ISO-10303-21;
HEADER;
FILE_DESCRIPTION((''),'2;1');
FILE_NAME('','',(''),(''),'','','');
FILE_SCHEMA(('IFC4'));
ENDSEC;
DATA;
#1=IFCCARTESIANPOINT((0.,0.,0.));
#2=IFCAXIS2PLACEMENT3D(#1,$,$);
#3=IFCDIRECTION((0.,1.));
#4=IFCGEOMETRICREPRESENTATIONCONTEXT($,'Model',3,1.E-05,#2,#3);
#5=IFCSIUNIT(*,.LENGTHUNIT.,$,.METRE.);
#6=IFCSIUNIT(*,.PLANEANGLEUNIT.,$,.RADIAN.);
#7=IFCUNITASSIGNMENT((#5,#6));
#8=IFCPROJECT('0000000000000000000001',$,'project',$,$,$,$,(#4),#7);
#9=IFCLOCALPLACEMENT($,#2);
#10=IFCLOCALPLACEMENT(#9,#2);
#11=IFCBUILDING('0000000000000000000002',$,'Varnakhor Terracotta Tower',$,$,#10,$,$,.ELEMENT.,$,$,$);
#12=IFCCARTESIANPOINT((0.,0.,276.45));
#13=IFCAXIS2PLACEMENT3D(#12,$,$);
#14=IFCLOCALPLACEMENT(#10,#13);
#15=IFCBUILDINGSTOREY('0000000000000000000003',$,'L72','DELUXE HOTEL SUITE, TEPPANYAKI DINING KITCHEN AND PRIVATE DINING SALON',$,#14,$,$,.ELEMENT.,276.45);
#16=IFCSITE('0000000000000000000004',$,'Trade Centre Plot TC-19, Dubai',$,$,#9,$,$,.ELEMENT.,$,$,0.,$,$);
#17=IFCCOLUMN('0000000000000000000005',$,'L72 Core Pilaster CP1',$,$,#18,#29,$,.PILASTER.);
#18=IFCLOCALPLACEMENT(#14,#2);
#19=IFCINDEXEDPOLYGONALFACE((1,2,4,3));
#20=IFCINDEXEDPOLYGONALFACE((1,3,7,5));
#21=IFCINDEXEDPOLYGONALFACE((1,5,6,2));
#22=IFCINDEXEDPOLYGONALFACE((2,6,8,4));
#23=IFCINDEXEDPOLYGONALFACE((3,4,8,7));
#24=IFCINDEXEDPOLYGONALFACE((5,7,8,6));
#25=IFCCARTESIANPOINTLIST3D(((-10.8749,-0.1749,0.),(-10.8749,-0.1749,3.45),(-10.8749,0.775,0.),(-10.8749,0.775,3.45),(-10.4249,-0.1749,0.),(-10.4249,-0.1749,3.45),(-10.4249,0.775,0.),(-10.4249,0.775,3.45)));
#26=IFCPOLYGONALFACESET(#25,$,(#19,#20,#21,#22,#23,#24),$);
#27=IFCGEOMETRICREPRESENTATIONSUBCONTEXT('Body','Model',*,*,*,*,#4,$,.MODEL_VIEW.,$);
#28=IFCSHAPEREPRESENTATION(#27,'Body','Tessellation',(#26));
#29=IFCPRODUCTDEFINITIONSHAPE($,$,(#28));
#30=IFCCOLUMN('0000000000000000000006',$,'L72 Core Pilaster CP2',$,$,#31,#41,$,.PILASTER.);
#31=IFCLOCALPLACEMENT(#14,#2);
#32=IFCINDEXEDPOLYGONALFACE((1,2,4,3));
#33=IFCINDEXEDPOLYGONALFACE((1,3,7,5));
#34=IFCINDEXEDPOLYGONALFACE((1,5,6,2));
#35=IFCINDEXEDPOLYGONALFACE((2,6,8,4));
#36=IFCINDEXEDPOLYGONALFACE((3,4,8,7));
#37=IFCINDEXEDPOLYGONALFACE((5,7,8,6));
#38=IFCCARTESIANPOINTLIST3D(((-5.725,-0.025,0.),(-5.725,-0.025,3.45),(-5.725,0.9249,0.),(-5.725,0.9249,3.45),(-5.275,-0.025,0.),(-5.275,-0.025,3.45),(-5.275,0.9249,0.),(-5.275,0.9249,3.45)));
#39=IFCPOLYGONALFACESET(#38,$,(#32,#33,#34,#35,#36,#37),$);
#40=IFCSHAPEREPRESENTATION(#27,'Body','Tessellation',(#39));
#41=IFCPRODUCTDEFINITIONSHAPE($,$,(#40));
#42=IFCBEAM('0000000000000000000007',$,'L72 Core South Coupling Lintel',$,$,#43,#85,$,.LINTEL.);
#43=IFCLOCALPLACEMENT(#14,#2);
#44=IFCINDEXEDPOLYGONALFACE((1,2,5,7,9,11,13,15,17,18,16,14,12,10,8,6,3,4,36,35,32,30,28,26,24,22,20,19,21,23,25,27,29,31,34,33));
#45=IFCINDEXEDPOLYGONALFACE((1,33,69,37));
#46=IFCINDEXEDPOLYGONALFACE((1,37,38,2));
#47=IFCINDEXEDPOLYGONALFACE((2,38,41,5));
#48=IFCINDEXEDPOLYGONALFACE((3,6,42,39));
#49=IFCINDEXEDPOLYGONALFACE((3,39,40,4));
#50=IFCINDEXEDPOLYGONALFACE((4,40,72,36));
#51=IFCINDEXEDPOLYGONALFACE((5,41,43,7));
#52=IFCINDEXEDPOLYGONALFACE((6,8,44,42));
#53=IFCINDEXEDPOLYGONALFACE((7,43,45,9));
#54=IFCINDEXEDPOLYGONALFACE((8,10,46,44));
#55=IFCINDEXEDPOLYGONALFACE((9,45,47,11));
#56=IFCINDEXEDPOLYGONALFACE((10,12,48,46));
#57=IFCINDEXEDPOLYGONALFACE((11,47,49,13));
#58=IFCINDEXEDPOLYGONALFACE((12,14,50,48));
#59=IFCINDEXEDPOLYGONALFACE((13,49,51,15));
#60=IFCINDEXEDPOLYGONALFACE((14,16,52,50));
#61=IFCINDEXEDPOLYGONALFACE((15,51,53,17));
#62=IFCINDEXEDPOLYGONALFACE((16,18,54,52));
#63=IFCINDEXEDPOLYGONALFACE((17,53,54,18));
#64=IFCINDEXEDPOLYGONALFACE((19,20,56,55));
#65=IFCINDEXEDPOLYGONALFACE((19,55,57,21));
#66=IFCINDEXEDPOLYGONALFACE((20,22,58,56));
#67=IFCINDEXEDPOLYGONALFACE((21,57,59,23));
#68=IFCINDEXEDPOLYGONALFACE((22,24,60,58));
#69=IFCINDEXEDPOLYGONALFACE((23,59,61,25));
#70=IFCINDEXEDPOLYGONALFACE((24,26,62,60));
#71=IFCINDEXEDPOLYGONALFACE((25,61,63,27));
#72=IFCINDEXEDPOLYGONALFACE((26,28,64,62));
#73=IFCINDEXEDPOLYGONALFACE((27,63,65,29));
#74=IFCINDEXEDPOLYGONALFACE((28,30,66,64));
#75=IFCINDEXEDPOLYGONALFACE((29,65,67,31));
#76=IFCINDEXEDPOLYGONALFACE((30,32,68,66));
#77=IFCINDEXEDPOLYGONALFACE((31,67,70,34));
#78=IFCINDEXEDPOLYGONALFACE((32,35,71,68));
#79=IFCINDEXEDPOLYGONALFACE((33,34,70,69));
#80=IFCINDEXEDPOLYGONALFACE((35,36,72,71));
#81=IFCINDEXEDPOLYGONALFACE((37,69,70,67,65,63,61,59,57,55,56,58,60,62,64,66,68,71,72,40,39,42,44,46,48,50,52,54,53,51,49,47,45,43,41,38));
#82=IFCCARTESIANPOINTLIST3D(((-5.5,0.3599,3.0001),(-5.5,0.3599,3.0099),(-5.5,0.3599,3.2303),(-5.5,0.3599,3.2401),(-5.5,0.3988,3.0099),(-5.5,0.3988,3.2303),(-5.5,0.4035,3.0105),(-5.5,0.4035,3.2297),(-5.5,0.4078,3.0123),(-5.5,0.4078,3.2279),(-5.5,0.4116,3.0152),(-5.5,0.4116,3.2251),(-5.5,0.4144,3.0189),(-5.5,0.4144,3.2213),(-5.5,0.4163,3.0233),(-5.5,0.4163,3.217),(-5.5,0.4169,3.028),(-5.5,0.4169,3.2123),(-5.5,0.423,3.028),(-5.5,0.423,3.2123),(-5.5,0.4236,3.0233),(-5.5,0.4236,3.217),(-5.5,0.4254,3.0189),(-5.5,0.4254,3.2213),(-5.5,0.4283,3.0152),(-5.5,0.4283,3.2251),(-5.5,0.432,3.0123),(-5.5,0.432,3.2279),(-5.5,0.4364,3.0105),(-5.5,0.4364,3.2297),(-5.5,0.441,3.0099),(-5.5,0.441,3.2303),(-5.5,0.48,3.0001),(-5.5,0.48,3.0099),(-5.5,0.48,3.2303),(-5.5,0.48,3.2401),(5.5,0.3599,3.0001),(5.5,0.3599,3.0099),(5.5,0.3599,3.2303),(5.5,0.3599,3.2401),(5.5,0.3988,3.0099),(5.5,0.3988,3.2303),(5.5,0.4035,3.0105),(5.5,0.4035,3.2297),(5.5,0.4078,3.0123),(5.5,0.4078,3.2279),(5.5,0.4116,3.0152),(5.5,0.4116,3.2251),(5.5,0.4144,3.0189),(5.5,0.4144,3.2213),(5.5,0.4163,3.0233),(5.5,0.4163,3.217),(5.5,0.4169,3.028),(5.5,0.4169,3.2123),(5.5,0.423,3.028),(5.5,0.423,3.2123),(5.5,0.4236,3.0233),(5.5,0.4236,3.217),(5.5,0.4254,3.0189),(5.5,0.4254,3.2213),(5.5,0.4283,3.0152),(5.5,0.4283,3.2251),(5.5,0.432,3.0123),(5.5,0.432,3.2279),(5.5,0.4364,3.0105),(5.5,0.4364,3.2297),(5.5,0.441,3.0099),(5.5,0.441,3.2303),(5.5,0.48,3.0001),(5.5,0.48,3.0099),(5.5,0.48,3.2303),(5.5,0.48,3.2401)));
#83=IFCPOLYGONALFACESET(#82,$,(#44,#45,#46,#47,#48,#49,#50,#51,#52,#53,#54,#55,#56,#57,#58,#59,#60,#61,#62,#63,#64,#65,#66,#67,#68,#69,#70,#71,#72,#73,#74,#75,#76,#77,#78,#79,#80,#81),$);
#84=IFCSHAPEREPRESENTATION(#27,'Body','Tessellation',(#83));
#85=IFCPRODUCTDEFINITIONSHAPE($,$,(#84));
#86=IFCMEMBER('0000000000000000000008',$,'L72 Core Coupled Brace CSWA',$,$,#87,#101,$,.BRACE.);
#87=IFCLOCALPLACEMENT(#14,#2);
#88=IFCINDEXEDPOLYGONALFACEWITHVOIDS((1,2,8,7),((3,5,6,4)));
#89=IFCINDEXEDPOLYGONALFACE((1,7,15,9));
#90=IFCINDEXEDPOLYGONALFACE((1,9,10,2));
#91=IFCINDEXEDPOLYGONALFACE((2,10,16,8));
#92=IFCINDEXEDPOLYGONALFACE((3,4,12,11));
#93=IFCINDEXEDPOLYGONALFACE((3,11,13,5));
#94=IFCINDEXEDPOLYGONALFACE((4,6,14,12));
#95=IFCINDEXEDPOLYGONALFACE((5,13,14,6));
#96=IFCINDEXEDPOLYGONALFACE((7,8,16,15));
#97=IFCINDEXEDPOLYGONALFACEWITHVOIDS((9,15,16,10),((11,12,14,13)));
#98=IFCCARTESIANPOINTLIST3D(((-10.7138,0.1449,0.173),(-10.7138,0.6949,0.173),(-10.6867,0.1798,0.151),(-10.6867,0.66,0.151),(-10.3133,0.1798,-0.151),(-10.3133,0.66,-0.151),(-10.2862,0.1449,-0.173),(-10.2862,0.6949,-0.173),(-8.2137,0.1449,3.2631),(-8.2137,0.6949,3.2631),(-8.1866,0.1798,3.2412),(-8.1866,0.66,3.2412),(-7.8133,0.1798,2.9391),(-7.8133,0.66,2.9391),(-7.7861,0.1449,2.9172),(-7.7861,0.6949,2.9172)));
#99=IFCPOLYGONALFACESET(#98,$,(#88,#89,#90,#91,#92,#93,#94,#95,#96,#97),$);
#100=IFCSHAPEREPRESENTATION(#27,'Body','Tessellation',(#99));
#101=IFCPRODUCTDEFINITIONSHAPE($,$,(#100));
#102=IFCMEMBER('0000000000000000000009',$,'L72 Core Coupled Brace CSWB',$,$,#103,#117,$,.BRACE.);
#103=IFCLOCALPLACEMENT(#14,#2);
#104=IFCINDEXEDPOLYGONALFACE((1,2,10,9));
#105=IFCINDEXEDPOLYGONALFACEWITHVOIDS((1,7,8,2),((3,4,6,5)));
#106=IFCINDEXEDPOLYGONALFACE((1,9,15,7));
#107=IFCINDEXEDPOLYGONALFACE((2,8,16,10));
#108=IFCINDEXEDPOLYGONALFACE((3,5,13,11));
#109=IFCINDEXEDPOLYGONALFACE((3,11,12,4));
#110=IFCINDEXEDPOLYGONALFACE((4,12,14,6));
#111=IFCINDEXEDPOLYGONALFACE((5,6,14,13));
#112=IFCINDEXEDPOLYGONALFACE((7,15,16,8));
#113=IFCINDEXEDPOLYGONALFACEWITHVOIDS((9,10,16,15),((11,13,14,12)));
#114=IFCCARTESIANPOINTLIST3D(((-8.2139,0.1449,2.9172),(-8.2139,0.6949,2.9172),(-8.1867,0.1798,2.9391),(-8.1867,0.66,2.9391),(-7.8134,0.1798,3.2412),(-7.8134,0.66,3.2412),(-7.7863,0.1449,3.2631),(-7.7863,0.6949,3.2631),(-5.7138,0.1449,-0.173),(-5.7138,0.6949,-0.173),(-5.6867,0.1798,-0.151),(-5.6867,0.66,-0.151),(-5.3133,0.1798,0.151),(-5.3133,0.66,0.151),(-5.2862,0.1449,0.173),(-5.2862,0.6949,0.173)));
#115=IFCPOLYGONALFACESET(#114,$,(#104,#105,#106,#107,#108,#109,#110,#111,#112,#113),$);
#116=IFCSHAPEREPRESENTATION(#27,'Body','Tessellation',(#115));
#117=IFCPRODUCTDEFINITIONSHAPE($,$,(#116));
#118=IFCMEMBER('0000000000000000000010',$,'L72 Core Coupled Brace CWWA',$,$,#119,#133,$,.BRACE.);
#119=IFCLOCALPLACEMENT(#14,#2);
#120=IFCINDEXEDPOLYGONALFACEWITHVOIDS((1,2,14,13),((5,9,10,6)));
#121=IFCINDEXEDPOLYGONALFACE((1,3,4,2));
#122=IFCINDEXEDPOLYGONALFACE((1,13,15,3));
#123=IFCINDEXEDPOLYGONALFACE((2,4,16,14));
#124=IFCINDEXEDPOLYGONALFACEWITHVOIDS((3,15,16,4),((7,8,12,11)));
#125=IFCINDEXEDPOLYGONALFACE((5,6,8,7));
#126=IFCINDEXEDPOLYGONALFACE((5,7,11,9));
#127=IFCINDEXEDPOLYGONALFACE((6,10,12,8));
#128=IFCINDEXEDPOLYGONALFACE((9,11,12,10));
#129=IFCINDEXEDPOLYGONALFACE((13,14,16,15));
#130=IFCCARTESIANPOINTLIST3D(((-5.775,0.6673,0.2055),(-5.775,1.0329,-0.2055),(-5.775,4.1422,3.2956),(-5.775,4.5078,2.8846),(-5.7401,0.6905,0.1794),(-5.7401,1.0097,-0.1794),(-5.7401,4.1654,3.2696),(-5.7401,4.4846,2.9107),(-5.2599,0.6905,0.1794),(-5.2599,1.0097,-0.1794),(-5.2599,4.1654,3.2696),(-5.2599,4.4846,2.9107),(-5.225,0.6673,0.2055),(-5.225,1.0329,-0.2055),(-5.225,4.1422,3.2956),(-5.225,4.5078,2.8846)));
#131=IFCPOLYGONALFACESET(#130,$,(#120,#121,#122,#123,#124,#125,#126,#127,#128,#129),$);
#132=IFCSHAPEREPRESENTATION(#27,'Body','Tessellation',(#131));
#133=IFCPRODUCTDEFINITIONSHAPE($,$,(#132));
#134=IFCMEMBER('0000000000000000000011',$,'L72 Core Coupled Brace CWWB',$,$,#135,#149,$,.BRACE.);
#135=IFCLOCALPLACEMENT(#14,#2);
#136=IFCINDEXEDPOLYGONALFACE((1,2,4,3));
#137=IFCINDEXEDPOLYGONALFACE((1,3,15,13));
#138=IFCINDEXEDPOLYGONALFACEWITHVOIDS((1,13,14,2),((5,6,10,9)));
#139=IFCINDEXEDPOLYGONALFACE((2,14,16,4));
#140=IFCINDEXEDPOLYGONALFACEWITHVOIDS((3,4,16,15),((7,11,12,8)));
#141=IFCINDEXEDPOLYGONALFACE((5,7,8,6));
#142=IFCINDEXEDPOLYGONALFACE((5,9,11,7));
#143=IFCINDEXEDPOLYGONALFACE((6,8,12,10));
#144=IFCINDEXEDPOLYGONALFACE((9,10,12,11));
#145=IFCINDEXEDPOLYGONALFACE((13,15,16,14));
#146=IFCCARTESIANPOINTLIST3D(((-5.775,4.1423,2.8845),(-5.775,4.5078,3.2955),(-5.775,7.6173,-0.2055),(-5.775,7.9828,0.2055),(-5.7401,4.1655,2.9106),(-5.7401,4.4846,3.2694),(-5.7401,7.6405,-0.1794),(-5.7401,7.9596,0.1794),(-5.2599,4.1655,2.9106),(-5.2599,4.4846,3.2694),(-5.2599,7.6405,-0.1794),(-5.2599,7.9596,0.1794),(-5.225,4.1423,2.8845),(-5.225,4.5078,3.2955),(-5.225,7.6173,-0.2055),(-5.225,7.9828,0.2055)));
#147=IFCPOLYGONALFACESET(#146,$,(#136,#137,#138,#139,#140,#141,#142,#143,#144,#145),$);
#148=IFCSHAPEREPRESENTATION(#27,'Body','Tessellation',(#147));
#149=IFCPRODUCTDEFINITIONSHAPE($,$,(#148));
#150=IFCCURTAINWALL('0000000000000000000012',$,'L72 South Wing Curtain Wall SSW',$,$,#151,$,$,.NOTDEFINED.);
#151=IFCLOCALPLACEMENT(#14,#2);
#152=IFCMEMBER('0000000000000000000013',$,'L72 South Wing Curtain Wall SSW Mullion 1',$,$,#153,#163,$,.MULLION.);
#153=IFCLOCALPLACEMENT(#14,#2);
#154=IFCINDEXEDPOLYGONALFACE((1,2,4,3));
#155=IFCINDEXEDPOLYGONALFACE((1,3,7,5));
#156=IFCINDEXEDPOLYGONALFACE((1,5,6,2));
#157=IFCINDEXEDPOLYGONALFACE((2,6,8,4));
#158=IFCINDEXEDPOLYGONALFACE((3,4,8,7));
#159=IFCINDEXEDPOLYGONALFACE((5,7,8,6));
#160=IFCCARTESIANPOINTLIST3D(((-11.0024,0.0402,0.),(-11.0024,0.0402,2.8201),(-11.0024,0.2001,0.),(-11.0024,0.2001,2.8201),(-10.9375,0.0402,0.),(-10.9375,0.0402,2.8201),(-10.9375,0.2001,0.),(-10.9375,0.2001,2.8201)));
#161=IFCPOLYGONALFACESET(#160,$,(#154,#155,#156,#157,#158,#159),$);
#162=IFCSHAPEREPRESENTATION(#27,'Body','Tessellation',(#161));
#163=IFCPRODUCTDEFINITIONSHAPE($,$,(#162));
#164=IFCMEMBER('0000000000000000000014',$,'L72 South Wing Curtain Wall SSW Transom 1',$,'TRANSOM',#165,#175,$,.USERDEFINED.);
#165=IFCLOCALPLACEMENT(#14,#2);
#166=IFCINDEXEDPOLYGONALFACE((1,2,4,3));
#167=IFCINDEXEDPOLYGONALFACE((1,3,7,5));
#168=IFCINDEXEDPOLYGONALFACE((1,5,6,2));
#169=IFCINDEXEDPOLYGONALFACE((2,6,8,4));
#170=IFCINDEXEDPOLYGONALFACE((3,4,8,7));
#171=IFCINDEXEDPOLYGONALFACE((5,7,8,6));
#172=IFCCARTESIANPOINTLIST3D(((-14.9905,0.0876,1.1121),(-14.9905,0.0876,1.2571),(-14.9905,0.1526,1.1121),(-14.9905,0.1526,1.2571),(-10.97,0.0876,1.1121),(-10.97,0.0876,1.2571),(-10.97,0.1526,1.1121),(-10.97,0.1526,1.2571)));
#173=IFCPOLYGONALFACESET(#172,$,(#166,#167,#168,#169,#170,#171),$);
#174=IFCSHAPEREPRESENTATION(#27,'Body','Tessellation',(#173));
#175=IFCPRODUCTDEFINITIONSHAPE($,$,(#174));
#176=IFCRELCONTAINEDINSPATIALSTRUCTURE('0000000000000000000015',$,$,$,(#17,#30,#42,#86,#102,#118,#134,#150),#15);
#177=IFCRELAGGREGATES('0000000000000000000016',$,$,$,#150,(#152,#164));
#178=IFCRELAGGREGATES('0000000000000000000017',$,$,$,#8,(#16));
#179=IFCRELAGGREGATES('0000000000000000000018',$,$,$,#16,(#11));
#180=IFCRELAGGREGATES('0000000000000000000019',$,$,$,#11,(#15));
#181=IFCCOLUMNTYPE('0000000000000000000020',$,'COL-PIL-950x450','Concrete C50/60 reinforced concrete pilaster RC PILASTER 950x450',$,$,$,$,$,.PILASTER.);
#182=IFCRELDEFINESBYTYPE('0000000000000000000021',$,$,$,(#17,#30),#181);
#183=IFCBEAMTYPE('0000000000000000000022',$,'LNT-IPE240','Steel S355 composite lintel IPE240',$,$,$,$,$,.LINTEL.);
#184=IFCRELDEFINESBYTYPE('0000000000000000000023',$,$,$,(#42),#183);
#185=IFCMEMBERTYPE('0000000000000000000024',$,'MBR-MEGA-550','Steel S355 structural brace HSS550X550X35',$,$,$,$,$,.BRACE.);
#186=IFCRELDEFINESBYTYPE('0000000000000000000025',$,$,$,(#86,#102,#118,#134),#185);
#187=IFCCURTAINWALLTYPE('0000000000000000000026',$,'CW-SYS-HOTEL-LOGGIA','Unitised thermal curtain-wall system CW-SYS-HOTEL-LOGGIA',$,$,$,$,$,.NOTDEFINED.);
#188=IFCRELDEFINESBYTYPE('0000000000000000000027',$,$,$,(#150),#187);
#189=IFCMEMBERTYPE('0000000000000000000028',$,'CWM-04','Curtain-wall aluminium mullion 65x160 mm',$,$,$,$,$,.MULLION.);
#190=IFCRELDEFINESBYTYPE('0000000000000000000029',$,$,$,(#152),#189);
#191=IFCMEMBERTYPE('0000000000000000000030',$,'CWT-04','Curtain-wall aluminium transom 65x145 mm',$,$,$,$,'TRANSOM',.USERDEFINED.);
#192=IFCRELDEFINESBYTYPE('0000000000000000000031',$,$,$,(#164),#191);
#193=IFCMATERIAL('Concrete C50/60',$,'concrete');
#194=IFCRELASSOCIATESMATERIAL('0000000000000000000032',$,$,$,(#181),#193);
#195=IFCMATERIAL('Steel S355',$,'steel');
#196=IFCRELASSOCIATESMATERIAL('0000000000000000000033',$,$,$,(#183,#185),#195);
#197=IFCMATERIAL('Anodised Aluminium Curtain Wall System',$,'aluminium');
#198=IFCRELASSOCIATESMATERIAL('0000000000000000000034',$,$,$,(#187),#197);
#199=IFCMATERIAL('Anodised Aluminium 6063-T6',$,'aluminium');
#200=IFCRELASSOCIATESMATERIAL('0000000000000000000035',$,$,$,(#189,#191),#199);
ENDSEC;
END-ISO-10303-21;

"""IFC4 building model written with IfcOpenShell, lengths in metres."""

from ifc_helpers import new_model, si_unit, direction, frame, origin, origin_2d, place, context, subcontext, project, spatial, rectangle, hollow_rectangle, i_section, extrude, source, transform, mapped, material, material_profile, profile_set, type_object, type_shapes, element, aggregate, save


model = new_model("IFC4")

# Units and contexts
model_context = context("Model", 3, precision=1e-05, world=origin(), true_north=direction((0.0, 1.0)))
body_context = subcontext(model_context, "Body", "Model", "MODEL_VIEW")
ifc_project = project(units=[si_unit("LENGTHUNIT", "METRE"), si_unit("PLANEANGLEUNIT", "RADIAN")], contexts=[model_context])

# Site, building, storey
site_placement = place(None, origin())
site = spatial("IfcSite", under=ifc_project, at=site_placement, Name="Trade Centre Plot TC-19, Dubai", CompositionType="ELEMENT", RefElevation=0.0)
building_placement = place(site_placement, origin())
building = spatial("IfcBuilding", under=site, at=building_placement, Name="Varnakhor Terracotta Tower", CompositionType="ELEMENT")
storey_placement = place(building_placement, frame((0.0, 0.0, 276.45)))
storey = spatial("IfcBuildingStorey", under=building, at=storey_placement, Name="L72", Description="DELUXE HOTEL SUITE, TEPPANYAKI DINING KITCHEN AND PRIVATE DINING SALON", CompositionType="ELEMENT", Elevation=276.45)

# Columns
ifc_material_1 = material(Name="Concrete C50/60", Category="concrete")
ifc_material_profile_1 = material_profile(ifc_material_1, rectangle(XDim=0.45, YDim=0.95, at=origin_2d()), Name="RC PILASTER 950x450")
ifc_profile_set_1 = profile_set([ifc_material_profile_1], Name="Concrete C50/60")
column_type = type_object("IfcColumnType", Name="COL-PIL-950x450", Description="Concrete C50/60 reinforced concrete pilaster RC PILASTER 950x450", PredefinedType="PILASTER", material=ifc_profile_set_1)
shared_shape_1 = source(origin(), body_context, "Body", "SweptSolid", [
    extrude(rectangle(XDim=0.45, YDim=0.95, at=origin_2d()), origin(), (0.0, 0.0, 1.0), 3.45),
])
for number, where, z_axis, x_axis, name in (
    (1, (-10.6499, 0.3, 0.0), (0.0, 0.0, 1.0), (1.0, 0.0, 0.0), "L72 Core Pilaster CP1"),
    (2, (-5.5, 0.45, 0.0), (0.0, 0.0, 1.0), (1.0, 0.0, 0.0), "L72 Core Pilaster CP2"),
):
    element("IfcColumn", number, at=place(storey_placement, frame(where, z_axis=z_axis, x_axis=x_axis)), inside=storey, type_object=column_type, Name=name, PredefinedType="PILASTER", context=body_context, shape_type="MappedRepresentation", body=[
        mapped(shared_shape_1, transform((0.0, 0.0, 0.0), scale=1.0)),
    ])

# Beam
ifc_material_2 = material(Name="Steel S355", Category="steel")
ifc_material_profile_2 = material_profile(ifc_material_2, i_section(OverallWidth=0.1201, OverallDepth=0.24, WebThickness=0.0061, FlangeThickness=0.0098, FilletRadius=0.0181, at=origin_2d()), Name="IPE240")
ifc_profile_set_2 = profile_set([ifc_material_profile_2], Name="Steel S355")
beam_type = type_object("IfcBeamType", Name="LNT-IPE240", Description="Steel S355 composite lintel IPE240", PredefinedType="LINTEL", material=ifc_profile_set_2)
shared_shape_2 = source(origin(), body_context, "Body", "SweptSolid", [
    extrude(i_section(OverallWidth=0.1201, OverallDepth=0.24, WebThickness=0.0061, FlangeThickness=0.0098, FilletRadius=0.0181, at=origin_2d()), origin(), (0.0, 0.0, 1.0), 11.0),
])
type_shapes(beam_type, [shared_shape_2])
beam_placement = place(storey_placement, frame((-5.5, 0.4199, 3.1201), z_axis=(1.0, 0.0, 0.0), x_axis=(0.0, 1.0, 0.0)))
element("IfcBeam", 3, at=beam_placement, inside=storey, type_object=beam_type, Name="L72 Core South Coupling Lintel", PredefinedType="LINTEL", context=body_context, shape_type="MappedRepresentation", body=[
    mapped(shared_shape_2, transform((0.0, 0.0, 0.0), scale=1.0)),
])

# Members
ifc_material_profile_3 = material_profile(ifc_material_2, hollow_rectangle(XDim=0.55, YDim=0.55, WallThickness=0.0349, at=origin_2d()), Name="HSS550X550X35")
ifc_profile_set_3 = profile_set([ifc_material_profile_3], Name="Steel S355")
member_type_1 = type_object("IfcMemberType", Name="MBR-MEGA-550", Description="Steel S355 structural brace HSS550X550X35", PredefinedType="BRACE", material=ifc_profile_set_3)
shared_shape_3 = source(origin(), body_context, "Body", "SweptSolid", [
    extrude(hollow_rectangle(XDim=0.55, YDim=0.55, WallThickness=0.0349, at=origin_2d()), origin(), (0.0, 0.0, 1.0), 3.9749),
])
for number, where, z_axis, x_axis, name in (
    (4, (-10.5, 0.4199, 0.0), (0.62897, 0.0, 0.777429), (0.0, 1.0, 0.0), "L72 Core Coupled Brace CSWA"),
    (5, (-5.5, 0.4199, 0.0), (-0.62897, 0.0, 0.777429), (0.0, -1.0, 0.0), "L72 Core Coupled Brace CSWB"),
):
    element("IfcMember", number, at=place(storey_placement, frame(where, z_axis=z_axis, x_axis=x_axis)), inside=storey, type_object=member_type_1, Name=name, PredefinedType="BRACE", context=body_context, shape_type="MappedRepresentation", body=[
        mapped(shared_shape_3, transform((0.0, 0.0, 0.0), scale=1.0)),
    ])
shared_shape_4 = source(origin(), body_context, "Body", "SweptSolid", [
    extrude(hollow_rectangle(XDim=0.55, YDim=0.55, WallThickness=0.0349, at=origin_2d()), origin(), (0.0, 0.0, 1.0), 4.6501),
])
for number, where, z_axis, x_axis, name in (
    (6, (-5.5, 0.8501, 0.0), (0.0, 0.747267, 0.664524), (-1.0, 0.0, 0.0), "L72 Core Coupled Brace CWWA"),
    (7, (-5.5, 7.8, 0.0), (0.0, -0.747291, 0.664497), (1.0, 0.0, 0.0), "L72 Core Coupled Brace CWWB"),
):
    element("IfcMember", number, at=place(storey_placement, frame(where, z_axis=z_axis, x_axis=x_axis)), inside=storey, type_object=member_type_1, Name=name, PredefinedType="BRACE", context=body_context, shape_type="MappedRepresentation", body=[
        mapped(shared_shape_4, transform((0.0, 0.0, 0.0), scale=1.0)),
    ])

# Curtain wall, members
ifc_material_3 = material(Name="Anodised Aluminium Curtain Wall System", Category="aluminium")
curtain_wall_type = type_object("IfcCurtainWallType", Name="CW-SYS-HOTEL-LOGGIA", Description="Unitised thermal curtain-wall system CW-SYS-HOTEL-LOGGIA", PredefinedType="NOTDEFINED", material=ifc_material_3)
curtain_wall_placement = place(storey_placement, origin())
curtain_wall = element("IfcCurtainWall", 8, at=curtain_wall_placement, inside=storey, type_object=curtain_wall_type, Name="L72 South Wing Curtain Wall SSW", PredefinedType="NOTDEFINED")
ifc_material_4 = material(Name="Anodised Aluminium 6063-T6", Category="aluminium")
ifc_material_profile_4 = material_profile(ifc_material_4, rectangle(XDim=0.0649, YDim=0.1599, at=origin_2d()), Name="ALU MULLION 65x160")
ifc_profile_set_4 = profile_set([ifc_material_profile_4], Name="Anodised Aluminium 6063-T6")
member_type_2 = type_object("IfcMemberType", Name="CWM-04", Description="Curtain-wall aluminium mullion 65x160 mm", PredefinedType="MULLION", material=ifc_profile_set_4)
shared_shape_5 = source(origin(), body_context, "Body", "SweptSolid", [
    extrude(rectangle(XDim=0.0649, YDim=0.1599, at=origin_2d()), origin(), (0.0, 0.0, 1.0), 2.8201),
])
type_shapes(member_type_2, [shared_shape_5])
member_1_placement = place(storey_placement, frame((-10.97, 0.1201, 0.0), z_axis=(0.0, 0.0, 1.0), x_axis=(1.0, 0.0, 0.0)))
member_1 = element("IfcMember", 9, at=member_1_placement, type_object=member_type_2, Name="L72 South Wing Curtain Wall SSW Mullion 1", PredefinedType="MULLION", context=body_context, shape_type="MappedRepresentation", body=[
    mapped(shared_shape_5, transform((0.0, 0.0, 0.0), scale=1.0)),
])
ifc_material_profile_5 = material_profile(ifc_material_4, rectangle(XDim=0.0649, YDim=0.145, at=origin_2d()), Name="ALU TRANSOM 65x145")
ifc_profile_set_5 = profile_set([ifc_material_profile_5], Name="Anodised Aluminium 6063-T6")
member_type_3 = type_object("IfcMemberType", Name="CWT-04", Description="Curtain-wall aluminium transom 65x145 mm", ElementType="TRANSOM", PredefinedType="USERDEFINED", material=ifc_profile_set_5)
shared_shape_6 = source(origin(), body_context, "Body", "SweptSolid", [
    extrude(rectangle(XDim=0.0649, YDim=0.145, at=origin_2d()), origin(), (0.0, 0.0, 1.0), 4.0205),
])
member_2_placement = place(storey_placement, frame((-10.97, 0.1201, 1.1846), z_axis=(-1.0, 0.0, 0.0), x_axis=(0.0, -1.0, 0.0)))
member_2 = element("IfcMember", 10, at=member_2_placement, type_object=member_type_3, Name="L72 South Wing Curtain Wall SSW Transom 1", ObjectType="TRANSOM", PredefinedType="USERDEFINED", context=body_context, shape_type="MappedRepresentation", body=[
    mapped(shared_shape_6, transform((0.0, 0.0, 0.0), scale=1.0)),
])
aggregate(curtain_wall, [member_1, member_2])

save(model, "model.ifc")
